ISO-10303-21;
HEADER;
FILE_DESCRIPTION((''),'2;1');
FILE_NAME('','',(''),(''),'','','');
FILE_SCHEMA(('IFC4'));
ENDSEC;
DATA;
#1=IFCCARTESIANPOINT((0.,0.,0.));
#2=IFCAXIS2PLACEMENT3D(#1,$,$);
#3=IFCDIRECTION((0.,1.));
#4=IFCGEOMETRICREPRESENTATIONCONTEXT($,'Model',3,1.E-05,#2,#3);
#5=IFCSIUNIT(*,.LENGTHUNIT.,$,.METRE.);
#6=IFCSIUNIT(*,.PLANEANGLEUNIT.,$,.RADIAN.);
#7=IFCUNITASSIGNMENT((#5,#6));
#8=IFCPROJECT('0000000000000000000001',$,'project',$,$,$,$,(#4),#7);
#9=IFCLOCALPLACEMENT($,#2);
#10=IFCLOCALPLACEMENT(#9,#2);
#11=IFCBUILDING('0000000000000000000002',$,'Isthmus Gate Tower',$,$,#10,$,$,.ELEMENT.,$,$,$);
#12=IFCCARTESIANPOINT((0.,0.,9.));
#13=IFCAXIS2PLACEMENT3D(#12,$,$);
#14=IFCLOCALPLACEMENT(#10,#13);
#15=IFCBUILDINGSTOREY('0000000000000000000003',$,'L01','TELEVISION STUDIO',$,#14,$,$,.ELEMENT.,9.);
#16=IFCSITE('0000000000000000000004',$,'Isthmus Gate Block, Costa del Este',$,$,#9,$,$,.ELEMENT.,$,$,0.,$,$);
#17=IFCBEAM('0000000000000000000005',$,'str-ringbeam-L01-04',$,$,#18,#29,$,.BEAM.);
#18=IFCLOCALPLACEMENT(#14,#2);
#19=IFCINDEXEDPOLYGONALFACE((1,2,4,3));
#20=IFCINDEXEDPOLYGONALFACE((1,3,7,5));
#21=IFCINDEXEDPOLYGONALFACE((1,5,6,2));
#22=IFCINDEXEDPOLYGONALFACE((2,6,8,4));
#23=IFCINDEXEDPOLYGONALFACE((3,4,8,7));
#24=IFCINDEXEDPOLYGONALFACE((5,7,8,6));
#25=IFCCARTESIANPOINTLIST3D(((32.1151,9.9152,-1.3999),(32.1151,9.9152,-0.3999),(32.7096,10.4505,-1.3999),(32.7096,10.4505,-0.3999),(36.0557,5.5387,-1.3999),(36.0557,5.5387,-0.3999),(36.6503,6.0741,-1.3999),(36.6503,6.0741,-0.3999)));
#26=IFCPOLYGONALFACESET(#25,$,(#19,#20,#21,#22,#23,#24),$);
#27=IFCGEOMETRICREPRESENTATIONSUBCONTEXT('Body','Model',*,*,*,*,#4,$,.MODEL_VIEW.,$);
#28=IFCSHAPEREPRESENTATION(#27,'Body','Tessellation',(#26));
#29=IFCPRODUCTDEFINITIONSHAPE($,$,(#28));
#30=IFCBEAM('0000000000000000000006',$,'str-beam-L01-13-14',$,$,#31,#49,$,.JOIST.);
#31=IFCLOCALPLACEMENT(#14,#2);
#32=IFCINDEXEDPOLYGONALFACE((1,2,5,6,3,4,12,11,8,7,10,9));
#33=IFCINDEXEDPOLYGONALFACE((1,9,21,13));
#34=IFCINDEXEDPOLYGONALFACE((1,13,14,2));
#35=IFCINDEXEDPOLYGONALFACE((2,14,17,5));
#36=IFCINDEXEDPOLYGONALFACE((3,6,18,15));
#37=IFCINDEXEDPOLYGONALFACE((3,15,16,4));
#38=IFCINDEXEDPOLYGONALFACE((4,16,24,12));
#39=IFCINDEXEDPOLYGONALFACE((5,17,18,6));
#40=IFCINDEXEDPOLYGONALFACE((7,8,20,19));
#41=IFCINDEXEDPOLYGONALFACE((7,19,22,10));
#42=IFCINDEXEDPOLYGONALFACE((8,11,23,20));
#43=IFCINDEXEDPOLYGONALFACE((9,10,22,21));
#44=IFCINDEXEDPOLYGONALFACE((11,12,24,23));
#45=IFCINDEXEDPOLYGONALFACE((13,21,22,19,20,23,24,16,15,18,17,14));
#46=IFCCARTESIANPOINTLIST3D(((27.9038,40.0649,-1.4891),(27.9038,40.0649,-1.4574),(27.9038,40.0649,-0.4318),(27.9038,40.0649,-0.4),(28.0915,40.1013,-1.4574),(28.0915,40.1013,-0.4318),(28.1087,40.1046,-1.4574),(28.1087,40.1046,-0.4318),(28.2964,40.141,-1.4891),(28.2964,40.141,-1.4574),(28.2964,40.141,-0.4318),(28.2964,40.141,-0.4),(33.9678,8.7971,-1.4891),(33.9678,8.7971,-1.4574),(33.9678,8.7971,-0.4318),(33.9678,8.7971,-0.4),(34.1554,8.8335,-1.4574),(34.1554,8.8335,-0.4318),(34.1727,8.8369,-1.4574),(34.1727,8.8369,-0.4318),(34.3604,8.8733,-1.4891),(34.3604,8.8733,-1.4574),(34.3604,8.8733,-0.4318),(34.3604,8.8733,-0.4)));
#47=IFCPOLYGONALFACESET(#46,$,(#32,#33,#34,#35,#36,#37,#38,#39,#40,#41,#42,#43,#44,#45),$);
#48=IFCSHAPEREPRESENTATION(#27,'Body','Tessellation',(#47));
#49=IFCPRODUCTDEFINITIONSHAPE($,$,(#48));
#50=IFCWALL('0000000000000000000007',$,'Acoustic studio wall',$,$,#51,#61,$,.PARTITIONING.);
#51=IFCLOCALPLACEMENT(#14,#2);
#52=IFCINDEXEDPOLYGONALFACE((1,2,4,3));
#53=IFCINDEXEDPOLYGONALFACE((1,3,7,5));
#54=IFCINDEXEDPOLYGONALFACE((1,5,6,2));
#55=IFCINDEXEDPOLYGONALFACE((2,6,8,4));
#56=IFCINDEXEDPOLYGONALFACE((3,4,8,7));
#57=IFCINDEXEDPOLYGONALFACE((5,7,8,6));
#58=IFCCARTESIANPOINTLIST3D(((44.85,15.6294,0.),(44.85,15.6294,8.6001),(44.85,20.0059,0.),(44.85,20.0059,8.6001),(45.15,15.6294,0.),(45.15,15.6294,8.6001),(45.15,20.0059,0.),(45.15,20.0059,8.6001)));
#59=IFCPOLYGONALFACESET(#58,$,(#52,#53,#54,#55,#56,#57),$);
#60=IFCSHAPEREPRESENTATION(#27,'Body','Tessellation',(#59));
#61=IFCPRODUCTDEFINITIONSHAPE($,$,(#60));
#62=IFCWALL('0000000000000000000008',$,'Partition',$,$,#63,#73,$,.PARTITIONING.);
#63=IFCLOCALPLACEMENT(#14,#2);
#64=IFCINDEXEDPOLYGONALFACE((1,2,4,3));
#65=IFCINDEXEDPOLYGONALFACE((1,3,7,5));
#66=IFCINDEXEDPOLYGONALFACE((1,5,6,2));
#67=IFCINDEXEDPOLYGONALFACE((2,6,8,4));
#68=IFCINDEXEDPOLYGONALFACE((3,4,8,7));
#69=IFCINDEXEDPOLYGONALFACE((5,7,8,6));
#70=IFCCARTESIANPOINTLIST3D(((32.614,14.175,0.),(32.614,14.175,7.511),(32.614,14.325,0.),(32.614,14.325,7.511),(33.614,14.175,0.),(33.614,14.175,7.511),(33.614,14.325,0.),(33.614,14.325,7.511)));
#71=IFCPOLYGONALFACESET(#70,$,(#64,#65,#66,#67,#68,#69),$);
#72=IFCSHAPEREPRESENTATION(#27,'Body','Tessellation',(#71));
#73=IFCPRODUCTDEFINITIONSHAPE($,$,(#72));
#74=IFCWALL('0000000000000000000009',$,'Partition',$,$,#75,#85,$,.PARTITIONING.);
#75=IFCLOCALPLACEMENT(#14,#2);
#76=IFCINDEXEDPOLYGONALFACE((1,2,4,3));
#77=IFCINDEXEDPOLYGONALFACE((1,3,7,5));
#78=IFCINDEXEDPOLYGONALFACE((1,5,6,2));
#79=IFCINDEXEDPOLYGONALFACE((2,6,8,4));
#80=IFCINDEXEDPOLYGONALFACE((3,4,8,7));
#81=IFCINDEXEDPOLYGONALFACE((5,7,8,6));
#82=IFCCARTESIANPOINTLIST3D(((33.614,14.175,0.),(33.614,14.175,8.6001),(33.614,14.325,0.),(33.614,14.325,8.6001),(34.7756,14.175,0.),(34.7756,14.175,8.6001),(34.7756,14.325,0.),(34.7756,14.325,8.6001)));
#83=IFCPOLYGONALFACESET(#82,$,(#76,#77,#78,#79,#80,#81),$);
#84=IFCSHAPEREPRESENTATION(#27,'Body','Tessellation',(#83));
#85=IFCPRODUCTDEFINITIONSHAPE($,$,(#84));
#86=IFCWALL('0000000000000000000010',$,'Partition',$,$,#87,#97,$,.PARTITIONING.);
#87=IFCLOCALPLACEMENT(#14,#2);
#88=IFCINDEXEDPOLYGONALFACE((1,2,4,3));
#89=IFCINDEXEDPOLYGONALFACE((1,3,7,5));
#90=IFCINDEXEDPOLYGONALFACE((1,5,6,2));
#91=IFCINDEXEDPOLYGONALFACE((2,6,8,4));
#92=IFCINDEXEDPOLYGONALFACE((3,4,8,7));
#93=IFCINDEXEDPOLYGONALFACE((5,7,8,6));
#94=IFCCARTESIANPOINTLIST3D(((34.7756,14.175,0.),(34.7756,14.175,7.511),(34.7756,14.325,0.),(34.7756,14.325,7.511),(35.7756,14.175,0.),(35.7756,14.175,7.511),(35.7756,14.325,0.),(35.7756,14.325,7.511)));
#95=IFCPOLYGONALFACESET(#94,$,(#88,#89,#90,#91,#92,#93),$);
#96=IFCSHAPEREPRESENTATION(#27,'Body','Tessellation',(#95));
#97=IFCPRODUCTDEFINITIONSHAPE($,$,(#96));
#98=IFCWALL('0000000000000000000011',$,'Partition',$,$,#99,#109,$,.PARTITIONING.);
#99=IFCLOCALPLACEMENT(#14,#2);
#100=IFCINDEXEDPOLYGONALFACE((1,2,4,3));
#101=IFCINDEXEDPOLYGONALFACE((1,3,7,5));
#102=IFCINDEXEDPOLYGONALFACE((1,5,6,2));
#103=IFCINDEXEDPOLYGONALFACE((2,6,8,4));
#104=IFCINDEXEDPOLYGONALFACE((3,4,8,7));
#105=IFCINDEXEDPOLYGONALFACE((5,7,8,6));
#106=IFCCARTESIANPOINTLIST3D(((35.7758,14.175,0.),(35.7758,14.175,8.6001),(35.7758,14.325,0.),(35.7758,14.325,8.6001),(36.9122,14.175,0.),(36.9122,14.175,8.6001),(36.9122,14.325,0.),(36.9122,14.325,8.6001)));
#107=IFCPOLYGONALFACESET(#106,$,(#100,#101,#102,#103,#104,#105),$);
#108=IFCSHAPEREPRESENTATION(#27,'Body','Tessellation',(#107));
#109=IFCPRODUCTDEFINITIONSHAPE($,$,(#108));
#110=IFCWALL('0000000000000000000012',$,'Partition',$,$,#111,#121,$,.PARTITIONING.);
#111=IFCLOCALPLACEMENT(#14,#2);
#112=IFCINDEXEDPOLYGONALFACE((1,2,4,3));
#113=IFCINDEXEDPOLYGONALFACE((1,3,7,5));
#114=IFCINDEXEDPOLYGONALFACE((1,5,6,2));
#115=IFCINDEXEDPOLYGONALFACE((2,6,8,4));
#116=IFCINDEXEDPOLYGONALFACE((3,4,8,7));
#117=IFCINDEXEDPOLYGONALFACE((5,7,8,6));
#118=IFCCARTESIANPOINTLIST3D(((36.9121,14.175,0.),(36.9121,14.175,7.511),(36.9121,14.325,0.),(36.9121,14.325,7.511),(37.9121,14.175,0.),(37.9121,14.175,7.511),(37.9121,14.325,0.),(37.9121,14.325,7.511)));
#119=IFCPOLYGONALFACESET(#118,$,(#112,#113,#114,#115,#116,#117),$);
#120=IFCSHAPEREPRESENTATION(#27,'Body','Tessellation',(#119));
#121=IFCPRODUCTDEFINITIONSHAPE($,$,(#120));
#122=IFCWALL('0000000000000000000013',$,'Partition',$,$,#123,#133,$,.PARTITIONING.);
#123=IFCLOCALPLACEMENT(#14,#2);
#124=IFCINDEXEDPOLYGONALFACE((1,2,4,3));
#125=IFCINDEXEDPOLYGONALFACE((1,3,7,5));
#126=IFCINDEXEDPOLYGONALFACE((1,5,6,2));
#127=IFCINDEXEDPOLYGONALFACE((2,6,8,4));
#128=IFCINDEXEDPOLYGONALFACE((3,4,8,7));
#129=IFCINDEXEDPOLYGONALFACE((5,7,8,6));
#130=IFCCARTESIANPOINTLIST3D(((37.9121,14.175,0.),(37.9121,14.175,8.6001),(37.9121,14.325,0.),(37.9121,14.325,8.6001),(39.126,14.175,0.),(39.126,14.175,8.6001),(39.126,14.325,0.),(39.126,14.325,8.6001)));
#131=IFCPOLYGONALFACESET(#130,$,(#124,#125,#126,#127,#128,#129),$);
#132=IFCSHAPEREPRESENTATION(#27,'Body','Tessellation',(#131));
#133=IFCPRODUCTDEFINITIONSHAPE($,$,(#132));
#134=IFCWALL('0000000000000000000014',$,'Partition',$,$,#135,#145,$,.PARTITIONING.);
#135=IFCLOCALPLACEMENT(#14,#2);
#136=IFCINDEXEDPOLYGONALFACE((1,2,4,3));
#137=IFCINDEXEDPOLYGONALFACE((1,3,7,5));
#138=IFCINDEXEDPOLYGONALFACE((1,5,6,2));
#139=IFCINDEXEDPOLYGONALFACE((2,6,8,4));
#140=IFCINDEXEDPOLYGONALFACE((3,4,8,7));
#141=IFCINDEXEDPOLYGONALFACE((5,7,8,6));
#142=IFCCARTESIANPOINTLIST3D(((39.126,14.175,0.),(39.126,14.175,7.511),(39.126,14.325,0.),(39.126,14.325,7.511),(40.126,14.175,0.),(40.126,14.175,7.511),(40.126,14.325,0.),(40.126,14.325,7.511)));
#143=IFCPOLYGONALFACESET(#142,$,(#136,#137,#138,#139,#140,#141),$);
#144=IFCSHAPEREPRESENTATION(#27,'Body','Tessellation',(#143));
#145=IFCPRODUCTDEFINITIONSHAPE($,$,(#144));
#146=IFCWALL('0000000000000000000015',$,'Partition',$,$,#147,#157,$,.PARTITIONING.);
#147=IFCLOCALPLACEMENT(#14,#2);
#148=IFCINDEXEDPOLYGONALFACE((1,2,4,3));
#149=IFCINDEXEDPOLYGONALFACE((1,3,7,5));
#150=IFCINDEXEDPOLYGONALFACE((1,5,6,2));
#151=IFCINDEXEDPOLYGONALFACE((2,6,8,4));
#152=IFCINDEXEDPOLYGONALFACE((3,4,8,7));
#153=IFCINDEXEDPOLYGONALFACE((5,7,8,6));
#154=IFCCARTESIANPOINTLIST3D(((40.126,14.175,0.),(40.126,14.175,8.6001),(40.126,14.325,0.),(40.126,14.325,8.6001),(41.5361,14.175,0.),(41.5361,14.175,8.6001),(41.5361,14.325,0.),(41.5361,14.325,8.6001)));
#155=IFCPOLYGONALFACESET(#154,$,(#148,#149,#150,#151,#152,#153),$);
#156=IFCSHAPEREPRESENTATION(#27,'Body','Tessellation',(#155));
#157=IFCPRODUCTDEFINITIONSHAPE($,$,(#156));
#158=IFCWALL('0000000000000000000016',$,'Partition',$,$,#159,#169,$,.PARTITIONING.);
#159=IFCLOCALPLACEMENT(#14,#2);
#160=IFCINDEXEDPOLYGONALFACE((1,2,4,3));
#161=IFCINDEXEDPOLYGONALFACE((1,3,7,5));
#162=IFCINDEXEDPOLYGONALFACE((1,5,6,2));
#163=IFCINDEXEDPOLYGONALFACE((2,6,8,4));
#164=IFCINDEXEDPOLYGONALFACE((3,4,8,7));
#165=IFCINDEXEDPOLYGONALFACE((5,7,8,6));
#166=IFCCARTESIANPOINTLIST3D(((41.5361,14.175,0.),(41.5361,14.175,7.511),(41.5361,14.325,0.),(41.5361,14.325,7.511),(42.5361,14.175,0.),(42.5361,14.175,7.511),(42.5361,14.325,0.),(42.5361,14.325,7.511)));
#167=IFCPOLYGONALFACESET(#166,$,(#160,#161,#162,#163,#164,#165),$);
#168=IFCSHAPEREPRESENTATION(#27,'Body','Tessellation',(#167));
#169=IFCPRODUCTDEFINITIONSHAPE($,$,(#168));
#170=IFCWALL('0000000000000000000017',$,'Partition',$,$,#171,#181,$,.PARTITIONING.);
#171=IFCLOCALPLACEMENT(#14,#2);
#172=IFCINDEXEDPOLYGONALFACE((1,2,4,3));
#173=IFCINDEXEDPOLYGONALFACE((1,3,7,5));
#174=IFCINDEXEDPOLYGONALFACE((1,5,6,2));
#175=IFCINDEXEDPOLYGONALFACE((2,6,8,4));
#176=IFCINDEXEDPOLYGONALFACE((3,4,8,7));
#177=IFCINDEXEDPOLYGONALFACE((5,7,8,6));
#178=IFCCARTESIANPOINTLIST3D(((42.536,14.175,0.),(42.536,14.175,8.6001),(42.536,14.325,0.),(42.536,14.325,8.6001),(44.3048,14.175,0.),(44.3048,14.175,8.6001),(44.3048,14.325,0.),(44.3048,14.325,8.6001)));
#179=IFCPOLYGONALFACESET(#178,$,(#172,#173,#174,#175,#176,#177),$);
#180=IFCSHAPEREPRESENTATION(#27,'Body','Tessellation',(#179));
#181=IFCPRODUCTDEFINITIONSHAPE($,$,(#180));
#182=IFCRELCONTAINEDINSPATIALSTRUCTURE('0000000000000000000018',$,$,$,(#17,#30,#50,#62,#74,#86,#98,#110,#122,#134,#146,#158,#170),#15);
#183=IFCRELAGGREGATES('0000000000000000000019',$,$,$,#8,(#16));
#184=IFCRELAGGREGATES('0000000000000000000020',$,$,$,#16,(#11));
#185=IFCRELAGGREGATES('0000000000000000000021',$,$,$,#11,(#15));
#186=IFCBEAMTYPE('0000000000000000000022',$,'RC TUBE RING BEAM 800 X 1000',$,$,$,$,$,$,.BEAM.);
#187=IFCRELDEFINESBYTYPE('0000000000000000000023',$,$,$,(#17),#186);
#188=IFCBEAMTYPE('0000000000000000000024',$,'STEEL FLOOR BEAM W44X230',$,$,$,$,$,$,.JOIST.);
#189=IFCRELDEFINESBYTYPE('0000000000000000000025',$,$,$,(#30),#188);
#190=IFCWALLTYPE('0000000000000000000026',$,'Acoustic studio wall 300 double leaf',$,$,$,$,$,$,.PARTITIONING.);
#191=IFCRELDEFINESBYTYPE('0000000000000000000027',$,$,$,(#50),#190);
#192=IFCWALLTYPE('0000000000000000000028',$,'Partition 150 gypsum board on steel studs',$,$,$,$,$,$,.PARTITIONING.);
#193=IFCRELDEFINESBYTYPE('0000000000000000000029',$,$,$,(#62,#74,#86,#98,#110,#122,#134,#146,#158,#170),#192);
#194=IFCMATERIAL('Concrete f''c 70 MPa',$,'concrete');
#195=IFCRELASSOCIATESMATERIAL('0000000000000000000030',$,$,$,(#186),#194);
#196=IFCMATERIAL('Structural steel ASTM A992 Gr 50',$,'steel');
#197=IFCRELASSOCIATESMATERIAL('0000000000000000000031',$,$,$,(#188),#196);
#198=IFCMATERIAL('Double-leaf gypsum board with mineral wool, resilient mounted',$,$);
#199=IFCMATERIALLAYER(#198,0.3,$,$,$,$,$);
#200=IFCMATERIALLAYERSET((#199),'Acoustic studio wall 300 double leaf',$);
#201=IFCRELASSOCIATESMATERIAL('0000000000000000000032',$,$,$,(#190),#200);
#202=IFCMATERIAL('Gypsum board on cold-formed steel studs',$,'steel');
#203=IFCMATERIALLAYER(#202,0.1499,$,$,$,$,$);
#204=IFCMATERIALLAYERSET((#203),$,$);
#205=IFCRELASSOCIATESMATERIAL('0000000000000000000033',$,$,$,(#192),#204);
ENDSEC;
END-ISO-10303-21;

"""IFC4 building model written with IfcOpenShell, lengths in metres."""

from ifc_helpers import new_model, si_unit, direction, frame, frame_2d, origin, origin_2d, place, context, subcontext, project, spatial, rectangle, i_section, extrude, material, layer, layer_set, material_profile, profile_set, type_object, element, save


model = new_model("IFC4")

# Units and contexts
model_context = context("Model", 3, precision=1e-05, world=origin(), true_north=direction((0.0, 1.0)))
body_context = subcontext(model_context, "Body", "Model", "MODEL_VIEW")
ifc_project = project(units=[si_unit("LENGTHUNIT", "METRE"), si_unit("PLANEANGLEUNIT", "RADIAN")], contexts=[model_context])

# Site, building, storey
site_placement = place(None, origin())
site = spatial("IfcSite", under=ifc_project, at=site_placement, Name="Isthmus Gate Block, Costa del Este", CompositionType="ELEMENT", RefElevation=0.0)
building_placement = place(site_placement, origin())
building = spatial("IfcBuilding", under=site, at=building_placement, Name="Isthmus Gate Tower", CompositionType="ELEMENT")
storey_placement = place(building_placement, frame((0.0, 0.0, 9.0)))
storey = spatial("IfcBuildingStorey", under=building, at=storey_placement, Name="L01", Description="TELEVISION STUDIO", CompositionType="ELEMENT", Elevation=9.0)

# Beams
ifc_material_1 = material(Name="Concrete f'c 70 MPa", Category="concrete")
ifc_material_profile_1 = material_profile(ifc_material_1, rectangle(XDim=0.8, YDim=1.0, at=origin_2d()), Name="RC 800X1000")
ifc_profile_set_1 = profile_set([ifc_material_profile_1], Name="Concrete f'c 70 MPa")
beam_type_1 = type_object("IfcBeamType", Name="RC TUBE RING BEAM 800 X 1000", PredefinedType="BEAM", material=ifc_profile_set_1)
beam_1_placement = place(storey_placement, frame((32.4124, 10.1829, -0.8999), z_axis=(0.669139, -0.743137, 0.0), x_axis=(0.743137, 0.669139, 0.0)))
element("IfcBeam", 1, at=beam_1_placement, inside=storey, type_object=beam_type_1, Name="str-ringbeam-L01-04", PredefinedType="BEAM", context=body_context, shape_type="SweptSolid", body=[
    extrude(rectangle(XDim=0.8, YDim=1.0, at=origin_2d()), origin(), (0.0, 0.0, 1.0), 5.8892),
])
ifc_material_2 = material(Name="Structural steel ASTM A992 Gr 50", Category="steel")
ifc_material_profile_2 = material_profile(ifc_material_2, i_section(OverallWidth=0.3999, OverallDepth=1.0891, WebThickness=0.0176, FlangeThickness=0.0317, at=origin_2d()), Name="W44X230")
ifc_profile_set_2 = profile_set([ifc_material_profile_2], Name="Structural steel ASTM A992 Gr 50")
beam_type_2 = type_object("IfcBeamType", Name="STEEL FLOOR BEAM W44X230", PredefinedType="JOIST", material=ifc_profile_set_2)
beam_2_placement = place(storey_placement, frame((34.1641, 8.8352, -0.9446), z_axis=(-0.190389, 0.981709, 0.0), x_axis=(-0.981709, -0.190389, 0.0)))
element("IfcBeam", 2, at=beam_2_placement, inside=storey, type_object=beam_type_2, Name="str-beam-L01-13-14", PredefinedType="JOIST", context=body_context, shape_type="SweptSolid", body=[
    extrude(i_section(OverallWidth=0.3999, OverallDepth=1.0891, WebThickness=0.0176, FlangeThickness=0.0317, at=origin_2d()), origin(), (0.0, 0.0, 1.0), 31.8503),
])

# Walls
ifc_material_3 = material(Name="Double-leaf gypsum board with mineral wool, resilient mounted")
ifc_layer_1 = layer(ifc_material_3, 0.3)
ifc_layer_set_1 = layer_set([ifc_layer_1], Name="Acoustic studio wall 300 double leaf")
wall_type_1 = type_object("IfcWallType", Name="Acoustic studio wall 300 double leaf", PredefinedType="PARTITIONING", material=ifc_layer_set_1)
wall_1_placement = place(storey_placement, frame((45.0, 15.6294, 0.0), z_axis=(0.0, 0.0, 1.0), x_axis=(0.0, 1.0, 0.0)))
element("IfcWall", 3, at=wall_1_placement, inside=storey, type_object=wall_type_1, Name="Acoustic studio wall", PredefinedType="PARTITIONING", context=body_context, shape_type="SweptSolid", body=[
    extrude(rectangle(XDim=4.3765, YDim=0.3, at=frame_2d((2.1882, 0.0))), origin(), (0.0, 0.0, 1.0), 8.6001),
])
ifc_material_4 = material(Name="Gypsum board on cold-formed steel studs", Category="steel")
ifc_layer_2 = layer(ifc_material_4, 0.1499)
ifc_layer_set_2 = layer_set([ifc_layer_2])
wall_type_2 = type_object("IfcWallType", Name="Partition 150 gypsum board on steel studs", PredefinedType="PARTITIONING", material=ifc_layer_set_2)
wall_2_placement = place(storey_placement, frame((32.614, 14.25, 0.0), z_axis=(0.0, 0.0, 1.0), x_axis=(1.0, 0.0, 0.0)))
element("IfcWall", 4, at=wall_2_placement, inside=storey, type_object=wall_type_2, Name="Partition", PredefinedType="PARTITIONING", context=body_context, shape_type="SweptSolid", body=[
    extrude(rectangle(XDim=1.0, YDim=0.1499, at=frame_2d((0.5, 0.0))), origin(), (0.0, 0.0, 1.0), 7.511),
])
wall_3_placement = place(storey_placement, frame((33.614, 14.25, 0.0), z_axis=(0.0, 0.0, 1.0), x_axis=(1.0, 0.0, 0.0)))
element("IfcWall", 5, at=wall_3_placement, inside=storey, type_object=wall_type_2, Name="Partition", PredefinedType="PARTITIONING", context=body_context, shape_type="SweptSolid", body=[
    extrude(rectangle(XDim=1.1616, YDim=0.1499, at=frame_2d((0.5808, 0.0))), origin(), (0.0, 0.0, 1.0), 8.6001),
])
wall_4_placement = place(storey_placement, frame((34.7756, 14.25, 0.0), z_axis=(0.0, 0.0, 1.0), x_axis=(1.0, 0.0, 0.0)))
element("IfcWall", 6, at=wall_4_placement, inside=storey, type_object=wall_type_2, Name="Partition", PredefinedType="PARTITIONING", context=body_context, shape_type="SweptSolid", body=[
    extrude(rectangle(XDim=1.0, YDim=0.1499, at=frame_2d((0.5, 0.0))), origin(), (0.0, 0.0, 1.0), 7.511),
])
wall_5_placement = place(storey_placement, frame((35.7756, 14.25, 0.0), z_axis=(0.0, 0.0, 1.0), x_axis=(1.0, 0.0, 0.0)))
element("IfcWall", 7, at=wall_5_placement, inside=storey, type_object=wall_type_2, Name="Partition", PredefinedType="PARTITIONING", context=body_context, shape_type="SweptSolid", body=[
    extrude(rectangle(XDim=1.1365, YDim=0.1499, at=frame_2d((0.5684, 0.0))), origin(), (0.0, 0.0, 1.0), 8.6001),
])
wall_6_placement = place(storey_placement, frame((36.9121, 14.25, 0.0), z_axis=(0.0, 0.0, 1.0), x_axis=(1.0, 0.0, 0.0)))
element("IfcWall", 8, at=wall_6_placement, inside=storey, type_object=wall_type_2, Name="Partition", PredefinedType="PARTITIONING", context=body_context, shape_type="SweptSolid", body=[
    extrude(rectangle(XDim=1.0, YDim=0.1499, at=frame_2d((0.5, 0.0))), origin(), (0.0, 0.0, 1.0), 7.511),
])
wall_7_placement = place(storey_placement, frame((37.9121, 14.25, 0.0), z_axis=(0.0, 0.0, 1.0), x_axis=(1.0, 0.0, 0.0)))
element("IfcWall", 9, at=wall_7_placement, inside=storey, type_object=wall_type_2, Name="Partition", PredefinedType="PARTITIONING", context=body_context, shape_type="SweptSolid", body=[
    extrude(rectangle(XDim=1.2139, YDim=0.1499, at=frame_2d((0.6069, 0.0))), origin(), (0.0, 0.0, 1.0), 8.6001),
])
wall_8_placement = place(storey_placement, frame((39.126, 14.25, 0.0), z_axis=(0.0, 0.0, 1.0), x_axis=(1.0, 0.0, 0.0)))
element("IfcWall", 10, at=wall_8_placement, inside=storey, type_object=wall_type_2, Name="Partition", PredefinedType="PARTITIONING", context=body_context, shape_type="SweptSolid", body=[
    extrude(rectangle(XDim=1.0, YDim=0.1499, at=frame_2d((0.5, 0.0))), origin(), (0.0, 0.0, 1.0), 7.511),
])
wall_9_placement = place(storey_placement, frame((40.126, 14.25, 0.0), z_axis=(0.0, 0.0, 1.0), x_axis=(1.0, 0.0, 0.0)))
element("IfcWall", 11, at=wall_9_placement, inside=storey, type_object=wall_type_2, Name="Partition", PredefinedType="PARTITIONING", context=body_context, shape_type="SweptSolid", body=[
    extrude(rectangle(XDim=1.4102, YDim=0.1499, at=frame_2d((0.7051, 0.0))), origin(), (0.0, 0.0, 1.0), 8.6001),
])
wall_10_placement = place(storey_placement, frame((41.5361, 14.25, 0.0), z_axis=(0.0, 0.0, 1.0), x_axis=(1.0, 0.0, 0.0)))
element("IfcWall", 12, at=wall_10_placement, inside=storey, type_object=wall_type_2, Name="Partition", PredefinedType="PARTITIONING", context=body_context, shape_type="SweptSolid", body=[
    extrude(rectangle(XDim=1.0, YDim=0.1499, at=frame_2d((0.5, 0.0))), origin(), (0.0, 0.0, 1.0), 7.511),
])
wall_11_placement = place(storey_placement, frame((42.5361, 14.25, 0.0), z_axis=(0.0, 0.0, 1.0), x_axis=(1.0, 0.0, 0.0)))
element("IfcWall", 13, at=wall_11_placement, inside=storey, type_object=wall_type_2, Name="Partition", PredefinedType="PARTITIONING", context=body_context, shape_type="SweptSolid", body=[
    extrude(rectangle(XDim=1.7688, YDim=0.1499, at=frame_2d((0.8843, 0.0))), origin(), (0.0, 0.0, 1.0), 8.6001),
])

save(model, "model.ifc")
